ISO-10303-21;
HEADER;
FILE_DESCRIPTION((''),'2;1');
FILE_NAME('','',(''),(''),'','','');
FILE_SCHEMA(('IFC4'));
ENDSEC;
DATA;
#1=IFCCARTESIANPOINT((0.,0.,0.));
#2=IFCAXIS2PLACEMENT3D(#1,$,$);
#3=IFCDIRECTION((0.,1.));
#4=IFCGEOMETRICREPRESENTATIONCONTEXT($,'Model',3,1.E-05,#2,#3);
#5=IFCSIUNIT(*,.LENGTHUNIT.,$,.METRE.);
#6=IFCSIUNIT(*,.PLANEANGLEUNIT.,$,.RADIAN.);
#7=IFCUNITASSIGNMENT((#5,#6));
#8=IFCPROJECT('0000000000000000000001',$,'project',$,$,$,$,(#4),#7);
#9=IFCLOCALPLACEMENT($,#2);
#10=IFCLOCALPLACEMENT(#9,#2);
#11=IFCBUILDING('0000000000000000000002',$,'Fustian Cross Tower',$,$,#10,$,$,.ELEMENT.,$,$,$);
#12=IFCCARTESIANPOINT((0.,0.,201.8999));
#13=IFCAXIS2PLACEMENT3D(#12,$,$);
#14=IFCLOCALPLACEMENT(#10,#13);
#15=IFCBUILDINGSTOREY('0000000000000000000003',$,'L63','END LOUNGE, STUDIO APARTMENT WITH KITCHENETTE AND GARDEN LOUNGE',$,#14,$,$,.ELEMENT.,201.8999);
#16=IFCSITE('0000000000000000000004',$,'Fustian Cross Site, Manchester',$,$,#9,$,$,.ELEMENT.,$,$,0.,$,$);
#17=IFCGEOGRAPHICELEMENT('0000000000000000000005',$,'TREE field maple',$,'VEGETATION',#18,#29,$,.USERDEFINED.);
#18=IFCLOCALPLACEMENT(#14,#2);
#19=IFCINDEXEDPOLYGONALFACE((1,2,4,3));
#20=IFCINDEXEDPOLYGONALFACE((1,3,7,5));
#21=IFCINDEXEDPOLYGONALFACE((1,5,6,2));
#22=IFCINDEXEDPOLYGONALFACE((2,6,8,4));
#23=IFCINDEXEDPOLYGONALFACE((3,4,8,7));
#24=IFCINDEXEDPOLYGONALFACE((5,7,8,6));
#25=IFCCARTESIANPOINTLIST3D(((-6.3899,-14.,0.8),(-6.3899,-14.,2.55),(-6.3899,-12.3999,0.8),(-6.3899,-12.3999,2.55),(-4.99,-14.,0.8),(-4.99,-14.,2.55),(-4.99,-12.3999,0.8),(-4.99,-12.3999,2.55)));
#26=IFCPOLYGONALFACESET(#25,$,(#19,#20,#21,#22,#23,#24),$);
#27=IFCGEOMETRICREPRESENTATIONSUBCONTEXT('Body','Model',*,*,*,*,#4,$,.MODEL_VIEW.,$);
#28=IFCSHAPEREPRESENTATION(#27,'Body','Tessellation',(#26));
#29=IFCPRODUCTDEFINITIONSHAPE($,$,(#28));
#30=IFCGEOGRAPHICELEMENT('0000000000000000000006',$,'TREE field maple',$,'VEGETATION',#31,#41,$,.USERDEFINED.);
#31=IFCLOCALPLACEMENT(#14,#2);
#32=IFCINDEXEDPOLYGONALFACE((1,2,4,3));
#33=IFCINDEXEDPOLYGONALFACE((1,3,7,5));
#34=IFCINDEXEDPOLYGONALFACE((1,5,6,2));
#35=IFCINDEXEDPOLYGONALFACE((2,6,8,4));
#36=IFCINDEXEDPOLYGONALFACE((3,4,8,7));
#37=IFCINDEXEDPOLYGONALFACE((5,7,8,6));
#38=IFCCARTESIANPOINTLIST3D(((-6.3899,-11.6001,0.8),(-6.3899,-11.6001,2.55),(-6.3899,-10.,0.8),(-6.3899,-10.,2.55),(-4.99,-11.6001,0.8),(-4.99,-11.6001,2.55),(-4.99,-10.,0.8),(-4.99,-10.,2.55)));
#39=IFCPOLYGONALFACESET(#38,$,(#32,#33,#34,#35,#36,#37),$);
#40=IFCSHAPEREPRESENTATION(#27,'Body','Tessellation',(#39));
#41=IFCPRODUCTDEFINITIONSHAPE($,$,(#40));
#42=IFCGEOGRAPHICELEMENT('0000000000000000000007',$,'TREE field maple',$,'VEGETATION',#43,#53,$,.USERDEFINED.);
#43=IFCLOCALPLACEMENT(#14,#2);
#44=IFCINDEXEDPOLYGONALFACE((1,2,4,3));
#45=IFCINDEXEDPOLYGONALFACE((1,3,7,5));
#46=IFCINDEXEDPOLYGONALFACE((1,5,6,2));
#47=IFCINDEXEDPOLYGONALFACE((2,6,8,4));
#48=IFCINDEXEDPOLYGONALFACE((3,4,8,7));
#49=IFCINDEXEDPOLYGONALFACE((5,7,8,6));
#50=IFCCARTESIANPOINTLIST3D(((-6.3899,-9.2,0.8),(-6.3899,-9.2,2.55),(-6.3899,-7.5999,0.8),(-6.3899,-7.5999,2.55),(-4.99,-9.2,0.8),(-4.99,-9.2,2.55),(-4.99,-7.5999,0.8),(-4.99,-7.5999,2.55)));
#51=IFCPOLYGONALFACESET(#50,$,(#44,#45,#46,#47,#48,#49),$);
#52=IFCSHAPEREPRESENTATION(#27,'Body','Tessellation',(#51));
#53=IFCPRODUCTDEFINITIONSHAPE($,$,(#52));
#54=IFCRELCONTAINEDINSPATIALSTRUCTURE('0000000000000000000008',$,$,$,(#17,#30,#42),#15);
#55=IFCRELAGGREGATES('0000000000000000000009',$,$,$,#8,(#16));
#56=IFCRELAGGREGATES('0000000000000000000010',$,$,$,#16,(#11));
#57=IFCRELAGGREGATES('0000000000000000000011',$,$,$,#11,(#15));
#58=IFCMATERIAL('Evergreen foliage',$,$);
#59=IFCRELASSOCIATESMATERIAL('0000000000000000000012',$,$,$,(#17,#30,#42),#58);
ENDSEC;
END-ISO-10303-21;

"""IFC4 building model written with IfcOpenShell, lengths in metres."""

from ifc_helpers import new_model, si_unit, direction, frame, origin, origin_2d, place, context, subcontext, project, spatial, rectangle, extrude, material, element, save


model = new_model("IFC4")

# Units and contexts
model_context = context("Model", 3, precision=1e-05, world=origin(), true_north=direction((0.0, 1.0)))
body_context = subcontext(model_context, "Body", "Model", "MODEL_VIEW")
ifc_project = project(units=[si_unit("LENGTHUNIT", "METRE"), si_unit("PLANEANGLEUNIT", "RADIAN")], contexts=[model_context])

# Site, building, storey
site_placement = place(None, origin())
site = spatial("IfcSite", under=ifc_project, at=site_placement, Name="Fustian Cross Site, Manchester", CompositionType="ELEMENT", RefElevation=0.0)
building_placement = place(site_placement, origin())
building = spatial("IfcBuilding", under=site, at=building_placement, Name="Fustian Cross Tower", CompositionType="ELEMENT")
storey_placement = place(building_placement, frame((0.0, 0.0, 201.8999)))
storey = spatial("IfcBuildingStorey", under=building, at=storey_placement, Name="L63", Description="END LOUNGE, STUDIO APARTMENT WITH KITCHENETTE AND GARDEN LOUNGE", CompositionType="ELEMENT", Elevation=201.8999)

# Geographic elements
ifc_material_1 = material(Name="Evergreen foliage")
for number, where, z_axis, x_axis, name in (
    (1, (-5.6899, -13.2, 0.8), (0.0, 0.0, 1.0), (1.0, 0.0, 0.0), "TREE field maple"),
    (2, (-5.6899, -10.8, 0.8), (0.0, 0.0, 1.0), (1.0, 0.0, 0.0), "TREE field maple"),
    (3, (-5.6899, -8.3999, 0.8), (0.0, 0.0, 1.0), (1.0, 0.0, 0.0), "TREE field maple"),
):
    element("IfcGeographicElement", number, at=place(storey_placement, frame(where, z_axis=z_axis, x_axis=x_axis)), inside=storey, material=ifc_material_1, Name=name, ObjectType="VEGETATION", PredefinedType="USERDEFINED", context=body_context, shape_type="SweptSolid", body=[
        extrude(rectangle(XDim=1.3999, YDim=1.6001, at=origin_2d()), origin(), (0.0, 0.0, 1.0), 1.75),
    ])

save(model, "model.ifc")
